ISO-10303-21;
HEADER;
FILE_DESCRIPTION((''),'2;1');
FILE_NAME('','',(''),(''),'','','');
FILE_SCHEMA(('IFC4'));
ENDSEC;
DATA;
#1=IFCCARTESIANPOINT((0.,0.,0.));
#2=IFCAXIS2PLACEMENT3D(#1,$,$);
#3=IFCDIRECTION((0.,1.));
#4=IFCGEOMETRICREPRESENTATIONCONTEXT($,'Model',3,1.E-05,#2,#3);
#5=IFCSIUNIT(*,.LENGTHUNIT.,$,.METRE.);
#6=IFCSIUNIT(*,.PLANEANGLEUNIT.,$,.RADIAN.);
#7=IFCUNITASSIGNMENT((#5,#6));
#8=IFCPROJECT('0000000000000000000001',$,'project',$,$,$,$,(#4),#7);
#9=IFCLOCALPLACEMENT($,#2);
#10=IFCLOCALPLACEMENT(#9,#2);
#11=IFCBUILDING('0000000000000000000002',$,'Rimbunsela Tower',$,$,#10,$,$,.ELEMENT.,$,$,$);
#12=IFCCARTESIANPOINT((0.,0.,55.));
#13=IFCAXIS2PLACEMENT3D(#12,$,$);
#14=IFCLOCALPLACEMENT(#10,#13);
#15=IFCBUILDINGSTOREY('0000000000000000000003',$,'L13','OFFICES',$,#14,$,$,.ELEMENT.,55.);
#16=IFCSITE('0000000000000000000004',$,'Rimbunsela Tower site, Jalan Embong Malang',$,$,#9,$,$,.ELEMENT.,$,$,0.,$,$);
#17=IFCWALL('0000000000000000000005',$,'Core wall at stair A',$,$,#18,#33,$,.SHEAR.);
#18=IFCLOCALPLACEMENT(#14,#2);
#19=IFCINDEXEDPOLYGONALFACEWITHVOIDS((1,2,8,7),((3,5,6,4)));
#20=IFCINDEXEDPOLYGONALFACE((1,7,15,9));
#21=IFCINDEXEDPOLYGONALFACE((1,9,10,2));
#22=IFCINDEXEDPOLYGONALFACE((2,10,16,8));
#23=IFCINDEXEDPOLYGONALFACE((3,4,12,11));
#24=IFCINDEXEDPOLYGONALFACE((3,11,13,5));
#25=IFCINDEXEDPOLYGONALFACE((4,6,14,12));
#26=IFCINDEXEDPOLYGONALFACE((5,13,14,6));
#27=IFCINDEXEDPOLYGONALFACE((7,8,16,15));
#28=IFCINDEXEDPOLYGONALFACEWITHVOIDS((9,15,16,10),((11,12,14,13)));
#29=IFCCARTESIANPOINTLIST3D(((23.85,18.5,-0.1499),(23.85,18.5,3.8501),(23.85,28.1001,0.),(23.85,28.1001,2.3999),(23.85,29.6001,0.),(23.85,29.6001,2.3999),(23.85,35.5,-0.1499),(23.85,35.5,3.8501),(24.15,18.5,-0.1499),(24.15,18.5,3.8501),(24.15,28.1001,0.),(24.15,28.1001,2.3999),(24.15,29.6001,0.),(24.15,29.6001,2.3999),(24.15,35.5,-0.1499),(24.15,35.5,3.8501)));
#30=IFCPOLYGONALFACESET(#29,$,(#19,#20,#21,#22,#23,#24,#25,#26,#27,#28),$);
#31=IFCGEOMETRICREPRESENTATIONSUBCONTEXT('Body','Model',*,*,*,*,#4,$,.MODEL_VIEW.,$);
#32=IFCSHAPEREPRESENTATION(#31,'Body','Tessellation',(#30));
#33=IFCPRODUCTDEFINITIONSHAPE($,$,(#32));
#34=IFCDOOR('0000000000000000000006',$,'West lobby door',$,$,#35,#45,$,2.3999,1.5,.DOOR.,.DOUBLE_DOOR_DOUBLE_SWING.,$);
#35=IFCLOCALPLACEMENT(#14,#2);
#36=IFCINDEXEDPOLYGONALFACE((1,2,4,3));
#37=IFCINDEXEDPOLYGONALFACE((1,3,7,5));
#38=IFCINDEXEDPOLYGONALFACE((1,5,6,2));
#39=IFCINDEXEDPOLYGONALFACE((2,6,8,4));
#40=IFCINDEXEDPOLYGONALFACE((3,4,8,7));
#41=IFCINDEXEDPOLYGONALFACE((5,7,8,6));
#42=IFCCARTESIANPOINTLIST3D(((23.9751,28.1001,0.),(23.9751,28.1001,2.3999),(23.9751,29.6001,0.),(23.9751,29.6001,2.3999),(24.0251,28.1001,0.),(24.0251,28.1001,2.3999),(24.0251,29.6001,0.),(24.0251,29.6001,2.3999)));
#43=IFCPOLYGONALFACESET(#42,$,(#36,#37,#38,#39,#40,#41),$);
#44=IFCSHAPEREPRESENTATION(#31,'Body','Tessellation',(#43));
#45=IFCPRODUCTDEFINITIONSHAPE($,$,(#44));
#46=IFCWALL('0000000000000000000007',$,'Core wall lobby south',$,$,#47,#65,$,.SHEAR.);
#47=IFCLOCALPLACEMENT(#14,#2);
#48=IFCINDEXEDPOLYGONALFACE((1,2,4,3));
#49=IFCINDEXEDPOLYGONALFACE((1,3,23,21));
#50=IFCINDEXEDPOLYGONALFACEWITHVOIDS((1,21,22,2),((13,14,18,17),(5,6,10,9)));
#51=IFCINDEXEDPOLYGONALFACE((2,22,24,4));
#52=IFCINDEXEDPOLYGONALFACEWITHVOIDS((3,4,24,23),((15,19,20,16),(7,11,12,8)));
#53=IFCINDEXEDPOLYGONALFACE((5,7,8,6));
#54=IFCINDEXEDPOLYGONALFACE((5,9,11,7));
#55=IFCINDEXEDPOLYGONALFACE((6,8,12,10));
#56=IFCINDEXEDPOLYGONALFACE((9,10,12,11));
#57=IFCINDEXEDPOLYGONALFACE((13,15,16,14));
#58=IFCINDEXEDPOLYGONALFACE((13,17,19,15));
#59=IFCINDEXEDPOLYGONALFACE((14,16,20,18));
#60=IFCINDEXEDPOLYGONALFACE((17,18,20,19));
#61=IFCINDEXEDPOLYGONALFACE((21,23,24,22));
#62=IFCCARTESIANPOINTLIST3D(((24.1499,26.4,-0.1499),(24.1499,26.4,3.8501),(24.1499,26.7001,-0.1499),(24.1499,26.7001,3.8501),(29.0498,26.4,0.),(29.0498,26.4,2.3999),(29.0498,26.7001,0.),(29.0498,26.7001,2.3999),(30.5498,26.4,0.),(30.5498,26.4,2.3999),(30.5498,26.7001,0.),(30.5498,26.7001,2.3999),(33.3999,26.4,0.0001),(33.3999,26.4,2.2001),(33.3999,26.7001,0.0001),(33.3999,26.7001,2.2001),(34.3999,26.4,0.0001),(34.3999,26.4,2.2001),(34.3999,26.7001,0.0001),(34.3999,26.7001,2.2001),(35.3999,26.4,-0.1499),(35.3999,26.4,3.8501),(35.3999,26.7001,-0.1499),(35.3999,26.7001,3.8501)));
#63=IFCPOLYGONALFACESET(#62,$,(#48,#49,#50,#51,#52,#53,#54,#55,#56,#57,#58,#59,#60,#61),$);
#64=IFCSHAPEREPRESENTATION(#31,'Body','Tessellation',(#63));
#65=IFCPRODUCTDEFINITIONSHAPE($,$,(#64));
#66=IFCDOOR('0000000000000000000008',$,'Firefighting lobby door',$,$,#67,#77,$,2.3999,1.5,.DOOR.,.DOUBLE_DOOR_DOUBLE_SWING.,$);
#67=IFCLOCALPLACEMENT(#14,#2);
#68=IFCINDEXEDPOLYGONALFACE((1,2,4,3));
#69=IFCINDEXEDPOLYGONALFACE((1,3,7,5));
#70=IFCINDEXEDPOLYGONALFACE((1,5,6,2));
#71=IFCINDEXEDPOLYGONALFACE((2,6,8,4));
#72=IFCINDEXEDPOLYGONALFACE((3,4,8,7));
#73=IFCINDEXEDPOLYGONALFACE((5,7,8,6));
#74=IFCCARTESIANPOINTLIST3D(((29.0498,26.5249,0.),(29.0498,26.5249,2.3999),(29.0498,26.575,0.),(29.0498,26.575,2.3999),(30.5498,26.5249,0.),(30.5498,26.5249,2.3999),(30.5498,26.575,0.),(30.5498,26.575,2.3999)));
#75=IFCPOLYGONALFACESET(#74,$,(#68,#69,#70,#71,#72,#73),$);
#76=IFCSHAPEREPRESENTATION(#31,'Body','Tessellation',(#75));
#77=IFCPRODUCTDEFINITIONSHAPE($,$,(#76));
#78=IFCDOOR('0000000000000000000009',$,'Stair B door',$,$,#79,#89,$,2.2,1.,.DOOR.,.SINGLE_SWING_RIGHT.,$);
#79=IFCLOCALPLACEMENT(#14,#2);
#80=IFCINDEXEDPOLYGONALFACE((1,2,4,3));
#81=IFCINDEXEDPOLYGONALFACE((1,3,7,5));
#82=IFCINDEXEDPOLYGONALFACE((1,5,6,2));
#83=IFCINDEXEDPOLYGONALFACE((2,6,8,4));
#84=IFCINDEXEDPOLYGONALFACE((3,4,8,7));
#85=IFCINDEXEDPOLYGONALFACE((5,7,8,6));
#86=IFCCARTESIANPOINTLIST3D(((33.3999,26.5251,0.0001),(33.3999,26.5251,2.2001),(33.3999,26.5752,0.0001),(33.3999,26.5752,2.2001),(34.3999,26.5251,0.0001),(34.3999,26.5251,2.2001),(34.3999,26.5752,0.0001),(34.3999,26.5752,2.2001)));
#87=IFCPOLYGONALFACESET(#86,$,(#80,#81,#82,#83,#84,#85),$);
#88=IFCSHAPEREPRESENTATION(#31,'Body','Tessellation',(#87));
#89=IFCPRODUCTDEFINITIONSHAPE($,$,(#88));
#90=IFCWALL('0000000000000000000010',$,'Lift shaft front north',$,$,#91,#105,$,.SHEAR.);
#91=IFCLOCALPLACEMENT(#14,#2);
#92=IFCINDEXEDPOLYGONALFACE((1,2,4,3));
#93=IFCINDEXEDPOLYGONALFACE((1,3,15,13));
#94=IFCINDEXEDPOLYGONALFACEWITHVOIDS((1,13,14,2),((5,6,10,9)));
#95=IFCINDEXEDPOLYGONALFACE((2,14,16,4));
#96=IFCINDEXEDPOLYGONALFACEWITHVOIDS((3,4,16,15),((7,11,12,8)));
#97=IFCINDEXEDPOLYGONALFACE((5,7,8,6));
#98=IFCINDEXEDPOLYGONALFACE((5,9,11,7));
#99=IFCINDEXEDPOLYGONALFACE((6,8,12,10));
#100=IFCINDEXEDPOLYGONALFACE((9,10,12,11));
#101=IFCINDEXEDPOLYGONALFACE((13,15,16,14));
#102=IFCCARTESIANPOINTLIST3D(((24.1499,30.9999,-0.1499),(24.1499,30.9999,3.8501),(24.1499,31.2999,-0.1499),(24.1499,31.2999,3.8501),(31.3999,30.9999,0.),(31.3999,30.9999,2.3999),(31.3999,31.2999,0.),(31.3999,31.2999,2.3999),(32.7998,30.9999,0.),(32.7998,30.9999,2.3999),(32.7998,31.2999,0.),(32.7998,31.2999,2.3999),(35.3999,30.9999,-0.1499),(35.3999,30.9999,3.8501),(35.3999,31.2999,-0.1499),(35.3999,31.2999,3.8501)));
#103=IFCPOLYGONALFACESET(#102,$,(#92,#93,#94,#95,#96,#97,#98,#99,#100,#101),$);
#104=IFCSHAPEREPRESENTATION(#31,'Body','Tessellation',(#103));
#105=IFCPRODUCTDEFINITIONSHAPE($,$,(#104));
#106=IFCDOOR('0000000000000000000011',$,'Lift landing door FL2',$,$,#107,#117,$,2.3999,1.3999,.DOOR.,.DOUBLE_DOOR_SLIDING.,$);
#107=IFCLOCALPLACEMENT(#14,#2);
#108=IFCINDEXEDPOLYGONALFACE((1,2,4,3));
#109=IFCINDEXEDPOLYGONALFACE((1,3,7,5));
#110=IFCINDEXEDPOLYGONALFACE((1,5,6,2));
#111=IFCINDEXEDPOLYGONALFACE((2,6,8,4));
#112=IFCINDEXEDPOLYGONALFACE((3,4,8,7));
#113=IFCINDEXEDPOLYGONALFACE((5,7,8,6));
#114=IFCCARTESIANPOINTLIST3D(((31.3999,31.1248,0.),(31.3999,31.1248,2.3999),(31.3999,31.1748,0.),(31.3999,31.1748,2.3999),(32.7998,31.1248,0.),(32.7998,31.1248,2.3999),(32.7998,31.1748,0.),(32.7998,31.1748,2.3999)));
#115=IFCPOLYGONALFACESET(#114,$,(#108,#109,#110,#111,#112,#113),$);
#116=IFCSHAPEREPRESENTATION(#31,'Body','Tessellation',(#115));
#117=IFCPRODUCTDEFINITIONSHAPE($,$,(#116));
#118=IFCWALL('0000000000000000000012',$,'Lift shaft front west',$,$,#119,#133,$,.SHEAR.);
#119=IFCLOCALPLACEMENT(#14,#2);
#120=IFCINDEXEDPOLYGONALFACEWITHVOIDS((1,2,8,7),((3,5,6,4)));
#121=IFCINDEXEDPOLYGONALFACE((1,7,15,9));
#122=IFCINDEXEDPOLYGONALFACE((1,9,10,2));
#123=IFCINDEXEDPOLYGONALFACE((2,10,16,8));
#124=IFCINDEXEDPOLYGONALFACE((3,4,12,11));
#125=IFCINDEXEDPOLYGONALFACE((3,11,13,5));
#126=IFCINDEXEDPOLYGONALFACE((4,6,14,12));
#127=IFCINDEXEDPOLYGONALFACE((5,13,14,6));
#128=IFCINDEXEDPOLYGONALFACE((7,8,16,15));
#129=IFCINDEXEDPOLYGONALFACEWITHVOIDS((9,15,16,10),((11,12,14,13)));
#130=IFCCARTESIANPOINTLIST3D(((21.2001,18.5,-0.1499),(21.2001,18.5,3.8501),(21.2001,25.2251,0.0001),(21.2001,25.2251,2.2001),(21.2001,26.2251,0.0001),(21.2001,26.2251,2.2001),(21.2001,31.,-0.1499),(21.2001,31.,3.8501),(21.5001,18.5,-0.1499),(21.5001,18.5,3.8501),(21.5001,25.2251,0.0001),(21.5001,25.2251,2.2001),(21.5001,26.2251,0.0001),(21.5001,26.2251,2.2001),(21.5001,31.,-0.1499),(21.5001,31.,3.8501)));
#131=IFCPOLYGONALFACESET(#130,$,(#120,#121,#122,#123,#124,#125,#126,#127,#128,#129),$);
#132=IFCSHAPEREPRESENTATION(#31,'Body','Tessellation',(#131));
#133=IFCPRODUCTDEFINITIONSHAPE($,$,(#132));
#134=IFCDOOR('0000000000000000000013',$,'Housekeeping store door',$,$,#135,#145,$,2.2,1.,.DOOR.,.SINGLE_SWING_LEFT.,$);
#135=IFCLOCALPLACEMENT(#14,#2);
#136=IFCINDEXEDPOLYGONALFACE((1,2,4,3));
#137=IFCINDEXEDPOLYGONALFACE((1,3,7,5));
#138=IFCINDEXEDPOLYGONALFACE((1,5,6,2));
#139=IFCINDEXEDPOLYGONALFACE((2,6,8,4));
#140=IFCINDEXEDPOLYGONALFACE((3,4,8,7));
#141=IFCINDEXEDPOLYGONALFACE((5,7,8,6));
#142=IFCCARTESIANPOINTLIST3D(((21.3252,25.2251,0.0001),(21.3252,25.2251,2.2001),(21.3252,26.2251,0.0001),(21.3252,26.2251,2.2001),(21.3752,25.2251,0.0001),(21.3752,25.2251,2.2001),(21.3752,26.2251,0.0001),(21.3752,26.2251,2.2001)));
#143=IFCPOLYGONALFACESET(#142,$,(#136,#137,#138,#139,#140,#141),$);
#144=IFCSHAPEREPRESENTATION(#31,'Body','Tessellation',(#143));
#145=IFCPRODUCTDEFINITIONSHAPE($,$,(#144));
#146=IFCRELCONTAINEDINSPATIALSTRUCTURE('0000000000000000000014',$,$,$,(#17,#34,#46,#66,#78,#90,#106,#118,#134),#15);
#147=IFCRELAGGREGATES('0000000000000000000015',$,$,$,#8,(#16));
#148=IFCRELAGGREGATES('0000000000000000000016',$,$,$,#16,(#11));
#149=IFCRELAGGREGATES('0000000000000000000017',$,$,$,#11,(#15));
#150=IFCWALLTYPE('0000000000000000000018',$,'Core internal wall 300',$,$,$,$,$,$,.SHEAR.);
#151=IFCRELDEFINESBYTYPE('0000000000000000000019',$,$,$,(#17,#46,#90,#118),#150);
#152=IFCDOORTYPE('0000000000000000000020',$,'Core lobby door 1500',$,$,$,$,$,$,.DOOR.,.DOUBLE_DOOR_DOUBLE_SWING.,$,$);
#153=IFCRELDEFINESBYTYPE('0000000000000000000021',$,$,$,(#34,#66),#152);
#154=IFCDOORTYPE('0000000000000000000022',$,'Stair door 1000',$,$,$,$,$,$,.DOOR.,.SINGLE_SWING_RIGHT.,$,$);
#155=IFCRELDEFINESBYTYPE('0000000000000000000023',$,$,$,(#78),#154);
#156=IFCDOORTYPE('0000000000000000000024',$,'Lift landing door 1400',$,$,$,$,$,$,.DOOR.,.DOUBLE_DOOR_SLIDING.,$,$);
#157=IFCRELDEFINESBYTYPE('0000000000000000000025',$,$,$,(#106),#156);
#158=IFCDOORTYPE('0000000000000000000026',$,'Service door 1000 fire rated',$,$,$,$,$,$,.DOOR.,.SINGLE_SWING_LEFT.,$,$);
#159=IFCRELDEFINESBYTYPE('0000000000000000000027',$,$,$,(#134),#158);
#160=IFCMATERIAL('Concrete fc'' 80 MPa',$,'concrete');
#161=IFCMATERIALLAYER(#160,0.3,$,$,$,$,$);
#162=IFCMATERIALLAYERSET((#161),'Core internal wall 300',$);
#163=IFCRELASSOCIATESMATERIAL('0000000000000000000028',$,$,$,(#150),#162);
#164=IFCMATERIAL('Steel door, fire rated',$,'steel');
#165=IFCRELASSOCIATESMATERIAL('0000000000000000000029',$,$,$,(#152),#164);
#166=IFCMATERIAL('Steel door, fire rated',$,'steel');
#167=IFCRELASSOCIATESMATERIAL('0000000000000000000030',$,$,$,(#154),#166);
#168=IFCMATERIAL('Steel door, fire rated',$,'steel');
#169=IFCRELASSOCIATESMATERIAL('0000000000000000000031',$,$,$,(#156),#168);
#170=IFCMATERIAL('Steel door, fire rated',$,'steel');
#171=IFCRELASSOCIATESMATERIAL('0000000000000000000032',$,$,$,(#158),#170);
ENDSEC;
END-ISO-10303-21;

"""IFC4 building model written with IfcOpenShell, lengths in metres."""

from ifc_helpers import new_model, si_unit, direction, frame, frame_2d, origin, place, context, subcontext, project, spatial, rectangle, extrude, material, layer, layer_set, type_object, element, fill, save


model = new_model("IFC4")

# Units and contexts
model_context = context("Model", 3, precision=1e-05, world=origin(), true_north=direction((0.0, 1.0)))
body_context = subcontext(model_context, "Body", "Model", "MODEL_VIEW")
ifc_project = project(units=[si_unit("LENGTHUNIT", "METRE"), si_unit("PLANEANGLEUNIT", "RADIAN")], contexts=[model_context])

# Site, building, storey
site_placement = place(None, origin())
site = spatial("IfcSite", under=ifc_project, at=site_placement, Name="Rimbunsela Tower site, Jalan Embong Malang", CompositionType="ELEMENT", RefElevation=0.0)
building_placement = place(site_placement, origin())
building = spatial("IfcBuilding", under=site, at=building_placement, Name="Rimbunsela Tower", CompositionType="ELEMENT")
storey_placement = place(building_placement, frame((0.0, 0.0, 55.0)))
storey = spatial("IfcBuildingStorey", under=building, at=storey_placement, Name="L13", Description="OFFICES", CompositionType="ELEMENT", Elevation=55.0)

# Wall, opening, door
ifc_material_1 = material(Name="Concrete fc' 80 MPa", Category="concrete")
ifc_layer_1 = layer(ifc_material_1, 0.3)
ifc_layer_set_1 = layer_set([ifc_layer_1], Name="Core internal wall 300")
wall_type_1 = type_object("IfcWallType", Name="Core internal wall 300", PredefinedType="SHEAR", material=ifc_layer_set_1)
wall_1_placement = place(storey_placement, frame((24.0, 18.5, -0.1499), z_axis=(0.0, 0.0, 1.0), x_axis=(0.0, 1.0, 0.0)))
wall_1 = element("IfcWall", 1, at=wall_1_placement, inside=storey, type_object=wall_type_1, Name="Core wall at stair A", PredefinedType="SHEAR", context=body_context, shape_type="SweptSolid", body=[
    extrude(rectangle(XDim=17.0, YDim=0.3, at=frame_2d((8.5, 0.0))), origin(), (0.0, 0.0, 1.0), 4.0),
])
opening_1_placement = place(wall_1_placement, frame((9.6001, 0.0, 0.1499)))
opening_1 = element("IfcOpeningElement", 2, at=opening_1_placement, cuts=wall_1, PredefinedType="OPENING", context=body_context, shape_type="SweptSolid", body=[
    extrude(rectangle(XDim=1.5, YDim=2.3999, at=frame_2d((0.75, 1.2))), frame((0.0, 0.1599, 0.0), z_axis=(0.0, -1.0, 0.0), x_axis=(1.0, 0.0, 0.0)), (0.0, 0.0, 1.0), 0.3201),
])
ifc_material_2 = material(Name="Steel door, fire rated", Category="steel")
door_type_1 = type_object("IfcDoorType", Name="Core lobby door 1500", OperationType="DOUBLE_DOOR_DOUBLE_SWING", PredefinedType="DOOR", material=ifc_material_2)
door_1_placement = place(opening_1_placement, origin())
door_1 = element("IfcDoor", 3, at=door_1_placement, inside=storey, type_object=door_type_1, Name="West lobby door", OperationType="DOUBLE_DOOR_DOUBLE_SWING", OverallHeight=2.3999, OverallWidth=1.5, PredefinedType="DOOR", context=body_context, shape_type="SweptSolid", body=[
    extrude(rectangle(XDim=1.5, YDim=2.3999, at=frame_2d((0.75, 1.2))), frame((0.0, 0.0249, 0.0), z_axis=(0.0, -1.0, 0.0), x_axis=(1.0, 0.0, 0.0)), (0.0, 0.0, 1.0), 0.05),
])
fill(opening_1, door_1)

# Wall, openings, doors
wall_2_placement = place(storey_placement, frame((24.1499, 26.55, -0.1499), z_axis=(0.0, 0.0, 1.0), x_axis=(1.0, 0.0, 0.0)))
wall_2 = element("IfcWall", 4, at=wall_2_placement, inside=storey, type_object=wall_type_1, Name="Core wall lobby south", PredefinedType="SHEAR", context=body_context, shape_type="SweptSolid", body=[
    extrude(rectangle(XDim=11.25, YDim=0.3, at=frame_2d((5.625, 0.0))), origin(), (0.0, 0.0, 1.0), 4.0),
])
opening_2_placement = place(wall_2_placement, frame((9.25, 0.0, 0.1499)))
opening_2 = element("IfcOpeningElement", 5, at=opening_2_placement, cuts=wall_2, PredefinedType="OPENING", context=body_context, shape_type="SweptSolid", body=[
    extrude(rectangle(XDim=1.0, YDim=2.2, at=frame_2d((0.5, 1.1001))), frame((0.0, 0.1599, 0.0), z_axis=(0.0, -1.0, 0.0), x_axis=(1.0, 0.0, 0.0)), (0.0, 0.0, 1.0), 0.3201),
])
opening_3_placement = place(wall_2_placement, frame((4.8999, 0.0, 0.1499)))
opening_3 = element("IfcOpeningElement", 6, at=opening_3_placement, cuts=wall_2, PredefinedType="OPENING", context=body_context, shape_type="SweptSolid", body=[
    extrude(rectangle(XDim=1.5, YDim=2.3999, at=frame_2d((0.75, 1.2))), frame((0.0, 0.1599, 0.0), z_axis=(0.0, -1.0, 0.0), x_axis=(1.0, 0.0, 0.0)), (0.0, 0.0, 1.0), 0.3201),
])
door_2_placement = place(opening_3_placement, origin())
door_2 = element("IfcDoor", 7, at=door_2_placement, inside=storey, type_object=door_type_1, Name="Firefighting lobby door", OperationType="DOUBLE_DOOR_DOUBLE_SWING", OverallHeight=2.3999, OverallWidth=1.5, PredefinedType="DOOR", context=body_context, shape_type="SweptSolid", body=[
    extrude(rectangle(XDim=1.5, YDim=2.3999, at=frame_2d((0.75, 1.2))), frame((0.0, 0.0249, 0.0), z_axis=(0.0, -1.0, 0.0), x_axis=(1.0, 0.0, 0.0)), (0.0, 0.0, 1.0), 0.05),
])
fill(opening_3, door_2)
ifc_material_3 = material(Name="Steel door, fire rated", Category="steel")
door_type_2 = type_object("IfcDoorType", Name="Stair door 1000", OperationType="SINGLE_SWING_RIGHT", PredefinedType="DOOR", material=ifc_material_3)
door_3_placement = place(opening_2_placement, frame((1.0, 0.0, 0.0), z_axis=(0.0, 0.0, 1.0), x_axis=(-1.0, 0.0, 0.0)))
door_3 = element("IfcDoor", 8, at=door_3_placement, inside=storey, type_object=door_type_2, Name="Stair B door", OperationType="SINGLE_SWING_RIGHT", OverallHeight=2.2, OverallWidth=1.0, PredefinedType="DOOR", context=body_context, shape_type="SweptSolid", body=[
    extrude(rectangle(XDim=1.0, YDim=2.2, at=frame_2d((0.5, 1.1001))), frame((0.0, 0.0249, 0.0), z_axis=(0.0, -1.0, 0.0), x_axis=(1.0, 0.0, 0.0)), (0.0, 0.0, 1.0), 0.05),
])
fill(opening_2, door_3)

# Walls, openings, doors
wall_3_placement = place(storey_placement, frame((24.1499, 31.1499, -0.1499), z_axis=(0.0, 0.0, 1.0), x_axis=(1.0, 0.0, 0.0)))
wall_3 = element("IfcWall", 9, at=wall_3_placement, inside=storey, type_object=wall_type_1, Name="Lift shaft front north", PredefinedType="SHEAR", context=body_context, shape_type="SweptSolid", body=[
    extrude(rectangle(XDim=11.25, YDim=0.3, at=frame_2d((5.625, 0.0))), origin(), (0.0, 0.0, 1.0), 4.0),
])
opening_4_placement = place(wall_3_placement, frame((7.25, 0.0, 0.1499)))
opening_4 = element("IfcOpeningElement", 10, at=opening_4_placement, cuts=wall_3, PredefinedType="OPENING", context=body_context, shape_type="SweptSolid", body=[
    extrude(rectangle(XDim=1.3999, YDim=2.3999, at=frame_2d((0.7, 1.2))), frame((0.0, 0.1599, 0.0), z_axis=(0.0, -1.0, 0.0), x_axis=(1.0, 0.0, 0.0)), (0.0, 0.0, 1.0), 0.3201),
])
ifc_material_4 = material(Name="Steel door, fire rated", Category="steel")
door_type_3 = type_object("IfcDoorType", Name="Lift landing door 1400", OperationType="DOUBLE_DOOR_SLIDING", PredefinedType="DOOR", material=ifc_material_4)
door_4_placement = place(opening_4_placement, origin())
door_4 = element("IfcDoor", 11, at=door_4_placement, inside=storey, type_object=door_type_3, Name="Lift landing door FL2", OperationType="DOUBLE_DOOR_SLIDING", OverallHeight=2.3999, OverallWidth=1.3999, PredefinedType="DOOR", context=body_context, shape_type="SweptSolid", body=[
    extrude(rectangle(XDim=1.3999, YDim=2.3999, at=frame_2d((0.7, 1.2))), frame((0.0, 0.0249, 0.0), z_axis=(0.0, -1.0, 0.0), x_axis=(1.0, 0.0, 0.0)), (0.0, 0.0, 1.0), 0.05),
])
fill(opening_4, door_4)
wall_4_placement = place(storey_placement, frame((21.3501, 18.5, -0.1499), z_axis=(0.0, 0.0, 1.0), x_axis=(0.0, 1.0, 0.0)))
wall_4 = element("IfcWall", 12, at=wall_4_placement, inside=storey, type_object=wall_type_1, Name="Lift shaft front west", PredefinedType="SHEAR", context=body_context, shape_type="SweptSolid", body=[
    extrude(rectangle(XDim=12.5, YDim=0.3, at=frame_2d((6.25, 0.0))), origin(), (0.0, 0.0, 1.0), 4.0),
])
opening_5_placement = place(wall_4_placement, frame((6.7251, 0.0, 0.1499)))
opening_5 = element("IfcOpeningElement", 13, at=opening_5_placement, cuts=wall_4, PredefinedType="OPENING", context=body_context, shape_type="SweptSolid", body=[
    extrude(rectangle(XDim=1.0, YDim=2.2, at=frame_2d((0.5, 1.1001))), frame((0.0, 0.1599, 0.0), z_axis=(0.0, -1.0, 0.0), x_axis=(1.0, 0.0, 0.0)), (0.0, 0.0, 1.0), 0.3201),
])
ifc_material_5 = material(Name="Steel door, fire rated", Category="steel")
door_type_4 = type_object("IfcDoorType", Name="Service door 1000 fire rated", OperationType="SINGLE_SWING_LEFT", PredefinedType="DOOR", material=ifc_material_5)
door_5_placement = place(opening_5_placement, origin())
door_5 = element("IfcDoor", 14, at=door_5_placement, inside=storey, type_object=door_type_4, Name="Housekeeping store door", OperationType="SINGLE_SWING_LEFT", OverallHeight=2.2, OverallWidth=1.0, PredefinedType="DOOR", context=body_context, shape_type="SweptSolid", body=[
    extrude(rectangle(XDim=1.0, YDim=2.2, at=frame_2d((0.5, 1.1001))), frame((0.0, 0.0249, 0.0), z_axis=(0.0, -1.0, 0.0), x_axis=(1.0, 0.0, 0.0)), (0.0, 0.0, 1.0), 0.05),
])
fill(opening_5, door_5)

save(model, "model.ifc")
